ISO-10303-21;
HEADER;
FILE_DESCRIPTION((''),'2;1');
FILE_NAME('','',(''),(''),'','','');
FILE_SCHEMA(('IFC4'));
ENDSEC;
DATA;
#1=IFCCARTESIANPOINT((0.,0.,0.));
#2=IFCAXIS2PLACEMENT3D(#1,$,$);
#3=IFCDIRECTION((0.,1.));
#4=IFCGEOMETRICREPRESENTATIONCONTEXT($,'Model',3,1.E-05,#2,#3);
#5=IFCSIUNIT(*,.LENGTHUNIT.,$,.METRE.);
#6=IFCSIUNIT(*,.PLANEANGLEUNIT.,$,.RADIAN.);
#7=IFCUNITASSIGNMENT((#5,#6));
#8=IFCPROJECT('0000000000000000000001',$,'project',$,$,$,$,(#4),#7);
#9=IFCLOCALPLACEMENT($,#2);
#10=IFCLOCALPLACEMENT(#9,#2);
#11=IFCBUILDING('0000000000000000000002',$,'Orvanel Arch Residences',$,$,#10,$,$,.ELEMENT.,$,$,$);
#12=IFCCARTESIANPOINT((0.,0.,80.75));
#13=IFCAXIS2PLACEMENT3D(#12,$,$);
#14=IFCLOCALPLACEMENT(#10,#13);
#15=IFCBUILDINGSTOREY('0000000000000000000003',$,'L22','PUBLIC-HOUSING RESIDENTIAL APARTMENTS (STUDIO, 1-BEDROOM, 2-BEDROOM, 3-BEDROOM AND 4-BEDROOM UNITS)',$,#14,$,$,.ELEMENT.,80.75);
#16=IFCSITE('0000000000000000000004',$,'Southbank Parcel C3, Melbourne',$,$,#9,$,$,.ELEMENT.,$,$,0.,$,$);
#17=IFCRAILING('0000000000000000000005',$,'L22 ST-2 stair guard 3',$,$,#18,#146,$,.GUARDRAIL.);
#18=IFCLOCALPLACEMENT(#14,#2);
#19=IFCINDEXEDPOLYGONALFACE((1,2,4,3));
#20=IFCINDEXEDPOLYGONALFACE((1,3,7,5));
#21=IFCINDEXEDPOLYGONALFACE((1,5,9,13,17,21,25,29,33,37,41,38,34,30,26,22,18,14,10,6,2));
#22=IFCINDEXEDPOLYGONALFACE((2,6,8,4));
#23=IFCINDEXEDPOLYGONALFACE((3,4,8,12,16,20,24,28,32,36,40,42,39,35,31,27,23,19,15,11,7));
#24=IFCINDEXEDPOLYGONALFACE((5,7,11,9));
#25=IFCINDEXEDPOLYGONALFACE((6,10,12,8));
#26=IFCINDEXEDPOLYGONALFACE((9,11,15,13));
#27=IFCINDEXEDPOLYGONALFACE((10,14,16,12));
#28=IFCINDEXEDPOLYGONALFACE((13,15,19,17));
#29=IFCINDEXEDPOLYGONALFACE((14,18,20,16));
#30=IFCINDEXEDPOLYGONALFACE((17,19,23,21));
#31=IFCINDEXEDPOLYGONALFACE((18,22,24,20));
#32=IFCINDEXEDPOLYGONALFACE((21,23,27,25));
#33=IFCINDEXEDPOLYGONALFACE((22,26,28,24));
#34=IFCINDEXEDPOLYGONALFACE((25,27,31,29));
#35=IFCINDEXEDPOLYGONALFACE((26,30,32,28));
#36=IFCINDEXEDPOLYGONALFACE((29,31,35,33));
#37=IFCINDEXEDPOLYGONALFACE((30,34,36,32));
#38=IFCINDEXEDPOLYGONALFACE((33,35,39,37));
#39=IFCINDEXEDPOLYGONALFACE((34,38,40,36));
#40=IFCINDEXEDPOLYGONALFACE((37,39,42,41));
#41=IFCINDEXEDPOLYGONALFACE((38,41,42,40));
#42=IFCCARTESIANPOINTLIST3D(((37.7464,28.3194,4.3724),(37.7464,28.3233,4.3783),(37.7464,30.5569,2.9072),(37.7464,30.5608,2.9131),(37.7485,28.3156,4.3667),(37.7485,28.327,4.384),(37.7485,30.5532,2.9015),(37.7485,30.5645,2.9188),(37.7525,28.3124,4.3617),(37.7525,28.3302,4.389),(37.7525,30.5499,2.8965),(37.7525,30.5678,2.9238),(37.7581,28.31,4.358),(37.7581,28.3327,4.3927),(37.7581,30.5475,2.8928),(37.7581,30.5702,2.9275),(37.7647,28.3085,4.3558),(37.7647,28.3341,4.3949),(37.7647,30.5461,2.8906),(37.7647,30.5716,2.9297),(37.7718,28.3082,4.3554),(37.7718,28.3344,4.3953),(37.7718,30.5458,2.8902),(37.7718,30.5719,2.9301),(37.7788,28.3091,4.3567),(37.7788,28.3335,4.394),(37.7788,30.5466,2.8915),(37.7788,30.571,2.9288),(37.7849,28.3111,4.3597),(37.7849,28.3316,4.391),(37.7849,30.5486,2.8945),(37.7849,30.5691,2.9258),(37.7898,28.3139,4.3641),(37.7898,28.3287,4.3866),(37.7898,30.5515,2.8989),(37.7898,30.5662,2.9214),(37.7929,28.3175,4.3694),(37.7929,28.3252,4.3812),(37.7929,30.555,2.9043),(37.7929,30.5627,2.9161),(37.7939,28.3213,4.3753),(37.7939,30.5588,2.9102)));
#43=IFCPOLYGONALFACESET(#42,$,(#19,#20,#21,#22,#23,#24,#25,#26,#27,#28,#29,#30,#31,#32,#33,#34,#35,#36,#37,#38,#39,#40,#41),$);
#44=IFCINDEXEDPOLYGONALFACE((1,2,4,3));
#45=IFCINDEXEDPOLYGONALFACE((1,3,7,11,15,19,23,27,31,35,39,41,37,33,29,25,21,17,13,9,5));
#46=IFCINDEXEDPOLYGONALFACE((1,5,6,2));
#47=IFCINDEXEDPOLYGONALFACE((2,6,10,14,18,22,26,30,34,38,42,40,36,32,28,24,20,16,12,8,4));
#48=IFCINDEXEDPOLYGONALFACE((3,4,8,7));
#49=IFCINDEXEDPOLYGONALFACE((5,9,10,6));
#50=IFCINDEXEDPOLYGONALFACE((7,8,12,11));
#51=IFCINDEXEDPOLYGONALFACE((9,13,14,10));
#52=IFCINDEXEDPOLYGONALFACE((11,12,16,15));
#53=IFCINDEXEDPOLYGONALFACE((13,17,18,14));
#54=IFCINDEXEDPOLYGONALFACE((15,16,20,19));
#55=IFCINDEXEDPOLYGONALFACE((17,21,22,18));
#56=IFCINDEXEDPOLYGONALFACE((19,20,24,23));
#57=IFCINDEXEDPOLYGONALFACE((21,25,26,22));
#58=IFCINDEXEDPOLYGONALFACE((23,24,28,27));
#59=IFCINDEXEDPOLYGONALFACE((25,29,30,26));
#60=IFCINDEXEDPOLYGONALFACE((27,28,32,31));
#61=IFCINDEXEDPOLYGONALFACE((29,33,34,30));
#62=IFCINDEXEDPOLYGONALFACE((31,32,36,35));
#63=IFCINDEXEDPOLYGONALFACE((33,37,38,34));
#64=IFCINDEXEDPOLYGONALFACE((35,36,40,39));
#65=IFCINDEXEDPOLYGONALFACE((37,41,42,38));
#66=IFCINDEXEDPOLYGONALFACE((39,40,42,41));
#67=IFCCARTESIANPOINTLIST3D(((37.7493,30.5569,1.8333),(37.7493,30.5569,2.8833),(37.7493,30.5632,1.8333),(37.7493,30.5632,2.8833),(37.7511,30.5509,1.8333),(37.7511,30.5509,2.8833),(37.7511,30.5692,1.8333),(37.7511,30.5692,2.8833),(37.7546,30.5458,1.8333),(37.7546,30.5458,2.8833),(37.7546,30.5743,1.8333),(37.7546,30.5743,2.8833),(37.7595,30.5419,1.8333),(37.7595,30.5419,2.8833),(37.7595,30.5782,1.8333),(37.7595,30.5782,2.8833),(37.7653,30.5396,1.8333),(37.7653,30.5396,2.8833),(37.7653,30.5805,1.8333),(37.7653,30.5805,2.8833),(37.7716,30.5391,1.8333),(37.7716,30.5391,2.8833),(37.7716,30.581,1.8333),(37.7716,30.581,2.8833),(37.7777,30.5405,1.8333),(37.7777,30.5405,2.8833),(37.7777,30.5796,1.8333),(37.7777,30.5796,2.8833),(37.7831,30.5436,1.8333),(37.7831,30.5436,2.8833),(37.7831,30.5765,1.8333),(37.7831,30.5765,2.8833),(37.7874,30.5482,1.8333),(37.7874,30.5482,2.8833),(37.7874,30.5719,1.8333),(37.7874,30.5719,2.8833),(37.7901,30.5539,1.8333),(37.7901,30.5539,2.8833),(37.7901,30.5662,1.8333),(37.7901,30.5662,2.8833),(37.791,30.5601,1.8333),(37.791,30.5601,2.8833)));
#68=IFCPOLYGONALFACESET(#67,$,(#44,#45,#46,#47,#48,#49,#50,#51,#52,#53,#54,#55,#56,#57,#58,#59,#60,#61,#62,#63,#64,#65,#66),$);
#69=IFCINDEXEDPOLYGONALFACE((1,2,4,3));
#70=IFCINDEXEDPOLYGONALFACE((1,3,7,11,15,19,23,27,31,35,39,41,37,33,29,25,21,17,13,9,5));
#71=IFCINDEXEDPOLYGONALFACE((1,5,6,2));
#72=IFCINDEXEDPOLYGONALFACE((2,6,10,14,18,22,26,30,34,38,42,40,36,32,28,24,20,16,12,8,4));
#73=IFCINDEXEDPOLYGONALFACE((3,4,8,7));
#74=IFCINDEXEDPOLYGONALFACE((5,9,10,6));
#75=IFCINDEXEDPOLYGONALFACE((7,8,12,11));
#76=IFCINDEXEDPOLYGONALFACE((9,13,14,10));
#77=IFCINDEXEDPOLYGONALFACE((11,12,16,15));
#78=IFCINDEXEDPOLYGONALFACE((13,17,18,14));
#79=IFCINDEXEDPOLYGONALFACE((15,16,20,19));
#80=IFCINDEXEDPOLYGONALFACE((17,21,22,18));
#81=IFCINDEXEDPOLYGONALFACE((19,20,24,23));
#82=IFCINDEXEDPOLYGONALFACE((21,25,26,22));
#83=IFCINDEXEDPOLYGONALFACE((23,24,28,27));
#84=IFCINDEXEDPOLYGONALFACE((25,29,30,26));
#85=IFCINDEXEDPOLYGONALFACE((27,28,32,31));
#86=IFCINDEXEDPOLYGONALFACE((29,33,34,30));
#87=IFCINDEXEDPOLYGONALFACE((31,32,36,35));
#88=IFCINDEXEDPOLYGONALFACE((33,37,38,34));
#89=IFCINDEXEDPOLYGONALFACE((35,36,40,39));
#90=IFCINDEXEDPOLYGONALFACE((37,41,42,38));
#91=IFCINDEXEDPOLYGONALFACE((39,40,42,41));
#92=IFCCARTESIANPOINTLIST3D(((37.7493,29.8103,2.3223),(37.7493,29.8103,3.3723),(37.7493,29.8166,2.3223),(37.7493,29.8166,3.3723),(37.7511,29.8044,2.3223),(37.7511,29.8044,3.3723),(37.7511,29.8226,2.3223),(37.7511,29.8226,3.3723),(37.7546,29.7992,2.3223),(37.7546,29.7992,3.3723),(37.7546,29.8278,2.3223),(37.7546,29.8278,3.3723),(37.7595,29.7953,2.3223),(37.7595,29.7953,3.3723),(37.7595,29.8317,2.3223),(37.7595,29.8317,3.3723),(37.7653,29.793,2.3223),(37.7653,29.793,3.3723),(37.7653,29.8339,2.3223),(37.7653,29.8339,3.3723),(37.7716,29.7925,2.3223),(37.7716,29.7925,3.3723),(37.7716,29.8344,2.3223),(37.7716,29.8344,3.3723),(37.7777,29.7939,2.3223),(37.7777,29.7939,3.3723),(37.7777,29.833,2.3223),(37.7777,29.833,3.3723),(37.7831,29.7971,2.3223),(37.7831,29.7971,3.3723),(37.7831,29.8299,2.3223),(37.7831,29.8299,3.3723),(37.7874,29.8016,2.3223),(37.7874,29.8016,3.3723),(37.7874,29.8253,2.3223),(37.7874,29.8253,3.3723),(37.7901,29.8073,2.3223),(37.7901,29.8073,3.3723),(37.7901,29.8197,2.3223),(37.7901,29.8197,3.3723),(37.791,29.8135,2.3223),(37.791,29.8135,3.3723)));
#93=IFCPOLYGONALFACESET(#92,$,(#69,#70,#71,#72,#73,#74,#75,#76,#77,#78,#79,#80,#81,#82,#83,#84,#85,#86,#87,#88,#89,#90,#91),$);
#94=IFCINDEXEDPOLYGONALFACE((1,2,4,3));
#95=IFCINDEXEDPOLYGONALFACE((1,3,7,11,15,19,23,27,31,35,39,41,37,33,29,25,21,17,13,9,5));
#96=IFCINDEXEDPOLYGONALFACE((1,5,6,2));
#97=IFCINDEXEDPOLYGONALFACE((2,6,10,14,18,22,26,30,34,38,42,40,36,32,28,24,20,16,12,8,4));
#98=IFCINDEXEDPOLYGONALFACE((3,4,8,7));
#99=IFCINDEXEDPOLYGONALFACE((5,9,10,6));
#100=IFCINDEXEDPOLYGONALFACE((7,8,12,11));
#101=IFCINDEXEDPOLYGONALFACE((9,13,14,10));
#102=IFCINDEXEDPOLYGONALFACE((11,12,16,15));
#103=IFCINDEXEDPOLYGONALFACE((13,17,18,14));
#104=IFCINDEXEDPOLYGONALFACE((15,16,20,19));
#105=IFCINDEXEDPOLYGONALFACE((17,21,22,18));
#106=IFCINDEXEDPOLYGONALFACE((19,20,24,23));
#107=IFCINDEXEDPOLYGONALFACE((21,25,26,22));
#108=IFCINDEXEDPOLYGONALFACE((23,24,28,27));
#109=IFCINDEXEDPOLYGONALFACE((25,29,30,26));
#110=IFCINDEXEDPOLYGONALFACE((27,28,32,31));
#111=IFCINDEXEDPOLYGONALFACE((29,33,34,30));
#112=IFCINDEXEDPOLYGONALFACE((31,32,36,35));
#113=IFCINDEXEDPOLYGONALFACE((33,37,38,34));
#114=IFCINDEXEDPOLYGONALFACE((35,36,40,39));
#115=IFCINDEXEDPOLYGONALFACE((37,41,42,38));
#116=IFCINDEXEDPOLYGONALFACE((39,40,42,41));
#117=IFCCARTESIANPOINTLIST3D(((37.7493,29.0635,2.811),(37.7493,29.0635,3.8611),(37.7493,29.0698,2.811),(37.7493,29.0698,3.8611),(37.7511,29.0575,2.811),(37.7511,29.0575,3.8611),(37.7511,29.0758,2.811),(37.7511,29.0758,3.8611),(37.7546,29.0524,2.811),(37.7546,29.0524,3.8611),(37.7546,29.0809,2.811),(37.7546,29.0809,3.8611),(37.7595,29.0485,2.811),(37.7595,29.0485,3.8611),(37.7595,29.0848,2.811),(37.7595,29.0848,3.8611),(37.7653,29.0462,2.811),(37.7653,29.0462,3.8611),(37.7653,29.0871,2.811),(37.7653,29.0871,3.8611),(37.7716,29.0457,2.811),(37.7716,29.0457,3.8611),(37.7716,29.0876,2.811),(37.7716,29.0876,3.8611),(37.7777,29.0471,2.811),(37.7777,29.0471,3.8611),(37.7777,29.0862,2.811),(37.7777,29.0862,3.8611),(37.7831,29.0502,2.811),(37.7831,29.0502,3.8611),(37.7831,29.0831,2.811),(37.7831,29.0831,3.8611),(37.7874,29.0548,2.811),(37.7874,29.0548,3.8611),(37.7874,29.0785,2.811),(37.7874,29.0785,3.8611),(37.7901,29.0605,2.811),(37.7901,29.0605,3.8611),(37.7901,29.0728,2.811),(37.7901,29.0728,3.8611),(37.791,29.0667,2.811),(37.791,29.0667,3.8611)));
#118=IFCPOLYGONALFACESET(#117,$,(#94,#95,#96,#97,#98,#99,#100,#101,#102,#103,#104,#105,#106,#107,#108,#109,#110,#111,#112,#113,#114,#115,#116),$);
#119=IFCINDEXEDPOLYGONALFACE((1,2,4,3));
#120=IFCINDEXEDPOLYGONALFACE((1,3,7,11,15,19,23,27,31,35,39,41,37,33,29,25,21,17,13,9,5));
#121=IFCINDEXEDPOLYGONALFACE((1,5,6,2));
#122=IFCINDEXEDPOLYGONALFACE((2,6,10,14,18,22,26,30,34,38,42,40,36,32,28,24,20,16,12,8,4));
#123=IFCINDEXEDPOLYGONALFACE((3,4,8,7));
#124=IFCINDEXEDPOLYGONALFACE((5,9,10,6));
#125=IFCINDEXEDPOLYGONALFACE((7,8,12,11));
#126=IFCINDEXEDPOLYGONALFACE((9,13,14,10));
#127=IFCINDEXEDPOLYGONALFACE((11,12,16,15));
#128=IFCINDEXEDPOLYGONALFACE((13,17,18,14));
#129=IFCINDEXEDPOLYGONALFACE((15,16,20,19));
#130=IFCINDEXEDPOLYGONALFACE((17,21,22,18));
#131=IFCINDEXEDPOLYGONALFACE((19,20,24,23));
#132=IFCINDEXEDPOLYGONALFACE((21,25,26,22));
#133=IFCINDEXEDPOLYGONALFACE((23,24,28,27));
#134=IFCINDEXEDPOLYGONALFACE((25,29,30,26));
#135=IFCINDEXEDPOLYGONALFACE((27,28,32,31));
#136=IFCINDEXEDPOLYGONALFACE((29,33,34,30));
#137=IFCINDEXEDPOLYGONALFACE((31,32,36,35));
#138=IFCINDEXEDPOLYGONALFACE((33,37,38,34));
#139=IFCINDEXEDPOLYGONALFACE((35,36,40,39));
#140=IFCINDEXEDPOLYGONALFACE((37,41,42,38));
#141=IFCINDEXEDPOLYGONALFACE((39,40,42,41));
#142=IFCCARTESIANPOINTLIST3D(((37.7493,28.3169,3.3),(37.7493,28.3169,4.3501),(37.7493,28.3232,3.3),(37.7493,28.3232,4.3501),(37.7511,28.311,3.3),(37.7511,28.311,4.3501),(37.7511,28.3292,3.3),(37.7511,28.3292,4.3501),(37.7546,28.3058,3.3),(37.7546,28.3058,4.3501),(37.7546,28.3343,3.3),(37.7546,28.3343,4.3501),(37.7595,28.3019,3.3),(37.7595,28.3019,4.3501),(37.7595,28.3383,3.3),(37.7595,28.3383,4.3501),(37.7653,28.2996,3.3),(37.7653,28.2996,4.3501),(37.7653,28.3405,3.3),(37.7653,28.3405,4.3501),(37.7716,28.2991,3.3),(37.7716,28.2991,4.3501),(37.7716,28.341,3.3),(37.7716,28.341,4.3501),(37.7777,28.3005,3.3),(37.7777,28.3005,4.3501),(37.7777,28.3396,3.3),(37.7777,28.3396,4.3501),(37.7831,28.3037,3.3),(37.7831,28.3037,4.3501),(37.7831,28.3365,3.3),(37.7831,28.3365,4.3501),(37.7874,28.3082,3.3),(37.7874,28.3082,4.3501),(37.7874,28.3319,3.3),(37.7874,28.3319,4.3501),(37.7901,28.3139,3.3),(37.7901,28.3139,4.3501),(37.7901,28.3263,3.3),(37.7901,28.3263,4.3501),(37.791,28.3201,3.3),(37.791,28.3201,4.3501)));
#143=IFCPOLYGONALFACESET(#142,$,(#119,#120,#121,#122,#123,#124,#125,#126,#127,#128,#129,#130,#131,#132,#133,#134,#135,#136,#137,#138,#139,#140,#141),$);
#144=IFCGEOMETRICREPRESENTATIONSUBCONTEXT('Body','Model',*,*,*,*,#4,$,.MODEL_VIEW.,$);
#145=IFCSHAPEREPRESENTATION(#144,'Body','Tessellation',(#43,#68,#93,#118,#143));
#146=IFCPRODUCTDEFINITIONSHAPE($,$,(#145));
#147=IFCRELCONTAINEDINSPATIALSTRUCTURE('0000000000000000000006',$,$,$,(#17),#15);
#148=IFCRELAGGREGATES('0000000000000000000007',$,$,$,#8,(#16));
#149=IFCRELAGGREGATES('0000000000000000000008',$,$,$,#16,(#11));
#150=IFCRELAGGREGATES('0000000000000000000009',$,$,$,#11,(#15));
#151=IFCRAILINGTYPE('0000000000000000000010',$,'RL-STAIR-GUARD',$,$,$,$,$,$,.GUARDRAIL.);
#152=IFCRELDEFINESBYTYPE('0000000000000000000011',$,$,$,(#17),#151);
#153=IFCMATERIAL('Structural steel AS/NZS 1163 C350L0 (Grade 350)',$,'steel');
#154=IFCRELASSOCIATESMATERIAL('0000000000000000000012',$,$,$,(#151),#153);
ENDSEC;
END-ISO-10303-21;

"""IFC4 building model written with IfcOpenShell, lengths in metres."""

from ifc_helpers import new_model, si_unit, direction, frame, origin, origin_2d, place, context, subcontext, project, spatial, circle, extrude, material, type_object, element, save


model = new_model("IFC4")

# Units and contexts
model_context = context("Model", 3, precision=1e-05, world=origin(), true_north=direction((0.0, 1.0)))
body_context = subcontext(model_context, "Body", "Model", "MODEL_VIEW")
ifc_project = project(units=[si_unit("LENGTHUNIT", "METRE"), si_unit("PLANEANGLEUNIT", "RADIAN")], contexts=[model_context])

# Site, building, storey
site_placement = place(None, origin())
site = spatial("IfcSite", under=ifc_project, at=site_placement, Name="Southbank Parcel C3, Melbourne", CompositionType="ELEMENT", RefElevation=0.0)
building_placement = place(site_placement, origin())
building = spatial("IfcBuilding", under=site, at=building_placement, Name="Orvanel Arch Residences", CompositionType="ELEMENT")
storey_placement = place(building_placement, frame((0.0, 0.0, 80.75)))
storey = spatial("IfcBuildingStorey", under=building, at=storey_placement, Name="L22", Description="PUBLIC-HOUSING RESIDENTIAL APARTMENTS (STUDIO, 1-BEDROOM, 2-BEDROOM, 3-BEDROOM AND 4-BEDROOM UNITS)", CompositionType="ELEMENT", Elevation=80.75)

# Railing
ifc_material_1 = material(Name="Structural steel AS/NZS 1163 C350L0 (Grade 350)", Category="steel")
railing_type_1 = type_object("IfcRailingType", Name="RL-STAIR-GUARD", PredefinedType="GUARDRAIL", material=ifc_material_1)
railing_1_placement = place(storey_placement, frame((37.77, 30.5601, 1.8333)))
element("IfcRailing", 1, at=railing_1_placement, inside=storey, type_object=railing_type_1, Name="L22 ST-2 stair guard 3", PredefinedType="GUARDRAIL", context=body_context, shape_type="SweptSolid", body=[
    extrude(circle(Radius=0.0239, at=origin_2d()), frame((0.0, -0.0012, 1.0769), z_axis=(0.0, -0.836595, 0.547822), x_axis=(1.0, 0.0, 0.0)), (0.0, 0.0, 1.0), 2.6746),
    extrude(circle(Radius=0.021, at=origin_2d()), origin(), (0.0, 0.0, 1.0), 1.05),
    extrude(circle(Radius=0.021, at=origin_2d()), frame((0.0, -0.7466, 0.489)), (0.0, 0.0, 1.0), 1.05),
    extrude(circle(Radius=0.021, at=origin_2d()), frame((0.0, -1.4934, 0.9778)), (0.0, 0.0, 1.0), 1.05),
    extrude(circle(Radius=0.021, at=origin_2d()), frame((0.0, -2.24, 1.4668)), (0.0, 0.0, 1.0), 1.05),
])

save(model, "model.ifc")
